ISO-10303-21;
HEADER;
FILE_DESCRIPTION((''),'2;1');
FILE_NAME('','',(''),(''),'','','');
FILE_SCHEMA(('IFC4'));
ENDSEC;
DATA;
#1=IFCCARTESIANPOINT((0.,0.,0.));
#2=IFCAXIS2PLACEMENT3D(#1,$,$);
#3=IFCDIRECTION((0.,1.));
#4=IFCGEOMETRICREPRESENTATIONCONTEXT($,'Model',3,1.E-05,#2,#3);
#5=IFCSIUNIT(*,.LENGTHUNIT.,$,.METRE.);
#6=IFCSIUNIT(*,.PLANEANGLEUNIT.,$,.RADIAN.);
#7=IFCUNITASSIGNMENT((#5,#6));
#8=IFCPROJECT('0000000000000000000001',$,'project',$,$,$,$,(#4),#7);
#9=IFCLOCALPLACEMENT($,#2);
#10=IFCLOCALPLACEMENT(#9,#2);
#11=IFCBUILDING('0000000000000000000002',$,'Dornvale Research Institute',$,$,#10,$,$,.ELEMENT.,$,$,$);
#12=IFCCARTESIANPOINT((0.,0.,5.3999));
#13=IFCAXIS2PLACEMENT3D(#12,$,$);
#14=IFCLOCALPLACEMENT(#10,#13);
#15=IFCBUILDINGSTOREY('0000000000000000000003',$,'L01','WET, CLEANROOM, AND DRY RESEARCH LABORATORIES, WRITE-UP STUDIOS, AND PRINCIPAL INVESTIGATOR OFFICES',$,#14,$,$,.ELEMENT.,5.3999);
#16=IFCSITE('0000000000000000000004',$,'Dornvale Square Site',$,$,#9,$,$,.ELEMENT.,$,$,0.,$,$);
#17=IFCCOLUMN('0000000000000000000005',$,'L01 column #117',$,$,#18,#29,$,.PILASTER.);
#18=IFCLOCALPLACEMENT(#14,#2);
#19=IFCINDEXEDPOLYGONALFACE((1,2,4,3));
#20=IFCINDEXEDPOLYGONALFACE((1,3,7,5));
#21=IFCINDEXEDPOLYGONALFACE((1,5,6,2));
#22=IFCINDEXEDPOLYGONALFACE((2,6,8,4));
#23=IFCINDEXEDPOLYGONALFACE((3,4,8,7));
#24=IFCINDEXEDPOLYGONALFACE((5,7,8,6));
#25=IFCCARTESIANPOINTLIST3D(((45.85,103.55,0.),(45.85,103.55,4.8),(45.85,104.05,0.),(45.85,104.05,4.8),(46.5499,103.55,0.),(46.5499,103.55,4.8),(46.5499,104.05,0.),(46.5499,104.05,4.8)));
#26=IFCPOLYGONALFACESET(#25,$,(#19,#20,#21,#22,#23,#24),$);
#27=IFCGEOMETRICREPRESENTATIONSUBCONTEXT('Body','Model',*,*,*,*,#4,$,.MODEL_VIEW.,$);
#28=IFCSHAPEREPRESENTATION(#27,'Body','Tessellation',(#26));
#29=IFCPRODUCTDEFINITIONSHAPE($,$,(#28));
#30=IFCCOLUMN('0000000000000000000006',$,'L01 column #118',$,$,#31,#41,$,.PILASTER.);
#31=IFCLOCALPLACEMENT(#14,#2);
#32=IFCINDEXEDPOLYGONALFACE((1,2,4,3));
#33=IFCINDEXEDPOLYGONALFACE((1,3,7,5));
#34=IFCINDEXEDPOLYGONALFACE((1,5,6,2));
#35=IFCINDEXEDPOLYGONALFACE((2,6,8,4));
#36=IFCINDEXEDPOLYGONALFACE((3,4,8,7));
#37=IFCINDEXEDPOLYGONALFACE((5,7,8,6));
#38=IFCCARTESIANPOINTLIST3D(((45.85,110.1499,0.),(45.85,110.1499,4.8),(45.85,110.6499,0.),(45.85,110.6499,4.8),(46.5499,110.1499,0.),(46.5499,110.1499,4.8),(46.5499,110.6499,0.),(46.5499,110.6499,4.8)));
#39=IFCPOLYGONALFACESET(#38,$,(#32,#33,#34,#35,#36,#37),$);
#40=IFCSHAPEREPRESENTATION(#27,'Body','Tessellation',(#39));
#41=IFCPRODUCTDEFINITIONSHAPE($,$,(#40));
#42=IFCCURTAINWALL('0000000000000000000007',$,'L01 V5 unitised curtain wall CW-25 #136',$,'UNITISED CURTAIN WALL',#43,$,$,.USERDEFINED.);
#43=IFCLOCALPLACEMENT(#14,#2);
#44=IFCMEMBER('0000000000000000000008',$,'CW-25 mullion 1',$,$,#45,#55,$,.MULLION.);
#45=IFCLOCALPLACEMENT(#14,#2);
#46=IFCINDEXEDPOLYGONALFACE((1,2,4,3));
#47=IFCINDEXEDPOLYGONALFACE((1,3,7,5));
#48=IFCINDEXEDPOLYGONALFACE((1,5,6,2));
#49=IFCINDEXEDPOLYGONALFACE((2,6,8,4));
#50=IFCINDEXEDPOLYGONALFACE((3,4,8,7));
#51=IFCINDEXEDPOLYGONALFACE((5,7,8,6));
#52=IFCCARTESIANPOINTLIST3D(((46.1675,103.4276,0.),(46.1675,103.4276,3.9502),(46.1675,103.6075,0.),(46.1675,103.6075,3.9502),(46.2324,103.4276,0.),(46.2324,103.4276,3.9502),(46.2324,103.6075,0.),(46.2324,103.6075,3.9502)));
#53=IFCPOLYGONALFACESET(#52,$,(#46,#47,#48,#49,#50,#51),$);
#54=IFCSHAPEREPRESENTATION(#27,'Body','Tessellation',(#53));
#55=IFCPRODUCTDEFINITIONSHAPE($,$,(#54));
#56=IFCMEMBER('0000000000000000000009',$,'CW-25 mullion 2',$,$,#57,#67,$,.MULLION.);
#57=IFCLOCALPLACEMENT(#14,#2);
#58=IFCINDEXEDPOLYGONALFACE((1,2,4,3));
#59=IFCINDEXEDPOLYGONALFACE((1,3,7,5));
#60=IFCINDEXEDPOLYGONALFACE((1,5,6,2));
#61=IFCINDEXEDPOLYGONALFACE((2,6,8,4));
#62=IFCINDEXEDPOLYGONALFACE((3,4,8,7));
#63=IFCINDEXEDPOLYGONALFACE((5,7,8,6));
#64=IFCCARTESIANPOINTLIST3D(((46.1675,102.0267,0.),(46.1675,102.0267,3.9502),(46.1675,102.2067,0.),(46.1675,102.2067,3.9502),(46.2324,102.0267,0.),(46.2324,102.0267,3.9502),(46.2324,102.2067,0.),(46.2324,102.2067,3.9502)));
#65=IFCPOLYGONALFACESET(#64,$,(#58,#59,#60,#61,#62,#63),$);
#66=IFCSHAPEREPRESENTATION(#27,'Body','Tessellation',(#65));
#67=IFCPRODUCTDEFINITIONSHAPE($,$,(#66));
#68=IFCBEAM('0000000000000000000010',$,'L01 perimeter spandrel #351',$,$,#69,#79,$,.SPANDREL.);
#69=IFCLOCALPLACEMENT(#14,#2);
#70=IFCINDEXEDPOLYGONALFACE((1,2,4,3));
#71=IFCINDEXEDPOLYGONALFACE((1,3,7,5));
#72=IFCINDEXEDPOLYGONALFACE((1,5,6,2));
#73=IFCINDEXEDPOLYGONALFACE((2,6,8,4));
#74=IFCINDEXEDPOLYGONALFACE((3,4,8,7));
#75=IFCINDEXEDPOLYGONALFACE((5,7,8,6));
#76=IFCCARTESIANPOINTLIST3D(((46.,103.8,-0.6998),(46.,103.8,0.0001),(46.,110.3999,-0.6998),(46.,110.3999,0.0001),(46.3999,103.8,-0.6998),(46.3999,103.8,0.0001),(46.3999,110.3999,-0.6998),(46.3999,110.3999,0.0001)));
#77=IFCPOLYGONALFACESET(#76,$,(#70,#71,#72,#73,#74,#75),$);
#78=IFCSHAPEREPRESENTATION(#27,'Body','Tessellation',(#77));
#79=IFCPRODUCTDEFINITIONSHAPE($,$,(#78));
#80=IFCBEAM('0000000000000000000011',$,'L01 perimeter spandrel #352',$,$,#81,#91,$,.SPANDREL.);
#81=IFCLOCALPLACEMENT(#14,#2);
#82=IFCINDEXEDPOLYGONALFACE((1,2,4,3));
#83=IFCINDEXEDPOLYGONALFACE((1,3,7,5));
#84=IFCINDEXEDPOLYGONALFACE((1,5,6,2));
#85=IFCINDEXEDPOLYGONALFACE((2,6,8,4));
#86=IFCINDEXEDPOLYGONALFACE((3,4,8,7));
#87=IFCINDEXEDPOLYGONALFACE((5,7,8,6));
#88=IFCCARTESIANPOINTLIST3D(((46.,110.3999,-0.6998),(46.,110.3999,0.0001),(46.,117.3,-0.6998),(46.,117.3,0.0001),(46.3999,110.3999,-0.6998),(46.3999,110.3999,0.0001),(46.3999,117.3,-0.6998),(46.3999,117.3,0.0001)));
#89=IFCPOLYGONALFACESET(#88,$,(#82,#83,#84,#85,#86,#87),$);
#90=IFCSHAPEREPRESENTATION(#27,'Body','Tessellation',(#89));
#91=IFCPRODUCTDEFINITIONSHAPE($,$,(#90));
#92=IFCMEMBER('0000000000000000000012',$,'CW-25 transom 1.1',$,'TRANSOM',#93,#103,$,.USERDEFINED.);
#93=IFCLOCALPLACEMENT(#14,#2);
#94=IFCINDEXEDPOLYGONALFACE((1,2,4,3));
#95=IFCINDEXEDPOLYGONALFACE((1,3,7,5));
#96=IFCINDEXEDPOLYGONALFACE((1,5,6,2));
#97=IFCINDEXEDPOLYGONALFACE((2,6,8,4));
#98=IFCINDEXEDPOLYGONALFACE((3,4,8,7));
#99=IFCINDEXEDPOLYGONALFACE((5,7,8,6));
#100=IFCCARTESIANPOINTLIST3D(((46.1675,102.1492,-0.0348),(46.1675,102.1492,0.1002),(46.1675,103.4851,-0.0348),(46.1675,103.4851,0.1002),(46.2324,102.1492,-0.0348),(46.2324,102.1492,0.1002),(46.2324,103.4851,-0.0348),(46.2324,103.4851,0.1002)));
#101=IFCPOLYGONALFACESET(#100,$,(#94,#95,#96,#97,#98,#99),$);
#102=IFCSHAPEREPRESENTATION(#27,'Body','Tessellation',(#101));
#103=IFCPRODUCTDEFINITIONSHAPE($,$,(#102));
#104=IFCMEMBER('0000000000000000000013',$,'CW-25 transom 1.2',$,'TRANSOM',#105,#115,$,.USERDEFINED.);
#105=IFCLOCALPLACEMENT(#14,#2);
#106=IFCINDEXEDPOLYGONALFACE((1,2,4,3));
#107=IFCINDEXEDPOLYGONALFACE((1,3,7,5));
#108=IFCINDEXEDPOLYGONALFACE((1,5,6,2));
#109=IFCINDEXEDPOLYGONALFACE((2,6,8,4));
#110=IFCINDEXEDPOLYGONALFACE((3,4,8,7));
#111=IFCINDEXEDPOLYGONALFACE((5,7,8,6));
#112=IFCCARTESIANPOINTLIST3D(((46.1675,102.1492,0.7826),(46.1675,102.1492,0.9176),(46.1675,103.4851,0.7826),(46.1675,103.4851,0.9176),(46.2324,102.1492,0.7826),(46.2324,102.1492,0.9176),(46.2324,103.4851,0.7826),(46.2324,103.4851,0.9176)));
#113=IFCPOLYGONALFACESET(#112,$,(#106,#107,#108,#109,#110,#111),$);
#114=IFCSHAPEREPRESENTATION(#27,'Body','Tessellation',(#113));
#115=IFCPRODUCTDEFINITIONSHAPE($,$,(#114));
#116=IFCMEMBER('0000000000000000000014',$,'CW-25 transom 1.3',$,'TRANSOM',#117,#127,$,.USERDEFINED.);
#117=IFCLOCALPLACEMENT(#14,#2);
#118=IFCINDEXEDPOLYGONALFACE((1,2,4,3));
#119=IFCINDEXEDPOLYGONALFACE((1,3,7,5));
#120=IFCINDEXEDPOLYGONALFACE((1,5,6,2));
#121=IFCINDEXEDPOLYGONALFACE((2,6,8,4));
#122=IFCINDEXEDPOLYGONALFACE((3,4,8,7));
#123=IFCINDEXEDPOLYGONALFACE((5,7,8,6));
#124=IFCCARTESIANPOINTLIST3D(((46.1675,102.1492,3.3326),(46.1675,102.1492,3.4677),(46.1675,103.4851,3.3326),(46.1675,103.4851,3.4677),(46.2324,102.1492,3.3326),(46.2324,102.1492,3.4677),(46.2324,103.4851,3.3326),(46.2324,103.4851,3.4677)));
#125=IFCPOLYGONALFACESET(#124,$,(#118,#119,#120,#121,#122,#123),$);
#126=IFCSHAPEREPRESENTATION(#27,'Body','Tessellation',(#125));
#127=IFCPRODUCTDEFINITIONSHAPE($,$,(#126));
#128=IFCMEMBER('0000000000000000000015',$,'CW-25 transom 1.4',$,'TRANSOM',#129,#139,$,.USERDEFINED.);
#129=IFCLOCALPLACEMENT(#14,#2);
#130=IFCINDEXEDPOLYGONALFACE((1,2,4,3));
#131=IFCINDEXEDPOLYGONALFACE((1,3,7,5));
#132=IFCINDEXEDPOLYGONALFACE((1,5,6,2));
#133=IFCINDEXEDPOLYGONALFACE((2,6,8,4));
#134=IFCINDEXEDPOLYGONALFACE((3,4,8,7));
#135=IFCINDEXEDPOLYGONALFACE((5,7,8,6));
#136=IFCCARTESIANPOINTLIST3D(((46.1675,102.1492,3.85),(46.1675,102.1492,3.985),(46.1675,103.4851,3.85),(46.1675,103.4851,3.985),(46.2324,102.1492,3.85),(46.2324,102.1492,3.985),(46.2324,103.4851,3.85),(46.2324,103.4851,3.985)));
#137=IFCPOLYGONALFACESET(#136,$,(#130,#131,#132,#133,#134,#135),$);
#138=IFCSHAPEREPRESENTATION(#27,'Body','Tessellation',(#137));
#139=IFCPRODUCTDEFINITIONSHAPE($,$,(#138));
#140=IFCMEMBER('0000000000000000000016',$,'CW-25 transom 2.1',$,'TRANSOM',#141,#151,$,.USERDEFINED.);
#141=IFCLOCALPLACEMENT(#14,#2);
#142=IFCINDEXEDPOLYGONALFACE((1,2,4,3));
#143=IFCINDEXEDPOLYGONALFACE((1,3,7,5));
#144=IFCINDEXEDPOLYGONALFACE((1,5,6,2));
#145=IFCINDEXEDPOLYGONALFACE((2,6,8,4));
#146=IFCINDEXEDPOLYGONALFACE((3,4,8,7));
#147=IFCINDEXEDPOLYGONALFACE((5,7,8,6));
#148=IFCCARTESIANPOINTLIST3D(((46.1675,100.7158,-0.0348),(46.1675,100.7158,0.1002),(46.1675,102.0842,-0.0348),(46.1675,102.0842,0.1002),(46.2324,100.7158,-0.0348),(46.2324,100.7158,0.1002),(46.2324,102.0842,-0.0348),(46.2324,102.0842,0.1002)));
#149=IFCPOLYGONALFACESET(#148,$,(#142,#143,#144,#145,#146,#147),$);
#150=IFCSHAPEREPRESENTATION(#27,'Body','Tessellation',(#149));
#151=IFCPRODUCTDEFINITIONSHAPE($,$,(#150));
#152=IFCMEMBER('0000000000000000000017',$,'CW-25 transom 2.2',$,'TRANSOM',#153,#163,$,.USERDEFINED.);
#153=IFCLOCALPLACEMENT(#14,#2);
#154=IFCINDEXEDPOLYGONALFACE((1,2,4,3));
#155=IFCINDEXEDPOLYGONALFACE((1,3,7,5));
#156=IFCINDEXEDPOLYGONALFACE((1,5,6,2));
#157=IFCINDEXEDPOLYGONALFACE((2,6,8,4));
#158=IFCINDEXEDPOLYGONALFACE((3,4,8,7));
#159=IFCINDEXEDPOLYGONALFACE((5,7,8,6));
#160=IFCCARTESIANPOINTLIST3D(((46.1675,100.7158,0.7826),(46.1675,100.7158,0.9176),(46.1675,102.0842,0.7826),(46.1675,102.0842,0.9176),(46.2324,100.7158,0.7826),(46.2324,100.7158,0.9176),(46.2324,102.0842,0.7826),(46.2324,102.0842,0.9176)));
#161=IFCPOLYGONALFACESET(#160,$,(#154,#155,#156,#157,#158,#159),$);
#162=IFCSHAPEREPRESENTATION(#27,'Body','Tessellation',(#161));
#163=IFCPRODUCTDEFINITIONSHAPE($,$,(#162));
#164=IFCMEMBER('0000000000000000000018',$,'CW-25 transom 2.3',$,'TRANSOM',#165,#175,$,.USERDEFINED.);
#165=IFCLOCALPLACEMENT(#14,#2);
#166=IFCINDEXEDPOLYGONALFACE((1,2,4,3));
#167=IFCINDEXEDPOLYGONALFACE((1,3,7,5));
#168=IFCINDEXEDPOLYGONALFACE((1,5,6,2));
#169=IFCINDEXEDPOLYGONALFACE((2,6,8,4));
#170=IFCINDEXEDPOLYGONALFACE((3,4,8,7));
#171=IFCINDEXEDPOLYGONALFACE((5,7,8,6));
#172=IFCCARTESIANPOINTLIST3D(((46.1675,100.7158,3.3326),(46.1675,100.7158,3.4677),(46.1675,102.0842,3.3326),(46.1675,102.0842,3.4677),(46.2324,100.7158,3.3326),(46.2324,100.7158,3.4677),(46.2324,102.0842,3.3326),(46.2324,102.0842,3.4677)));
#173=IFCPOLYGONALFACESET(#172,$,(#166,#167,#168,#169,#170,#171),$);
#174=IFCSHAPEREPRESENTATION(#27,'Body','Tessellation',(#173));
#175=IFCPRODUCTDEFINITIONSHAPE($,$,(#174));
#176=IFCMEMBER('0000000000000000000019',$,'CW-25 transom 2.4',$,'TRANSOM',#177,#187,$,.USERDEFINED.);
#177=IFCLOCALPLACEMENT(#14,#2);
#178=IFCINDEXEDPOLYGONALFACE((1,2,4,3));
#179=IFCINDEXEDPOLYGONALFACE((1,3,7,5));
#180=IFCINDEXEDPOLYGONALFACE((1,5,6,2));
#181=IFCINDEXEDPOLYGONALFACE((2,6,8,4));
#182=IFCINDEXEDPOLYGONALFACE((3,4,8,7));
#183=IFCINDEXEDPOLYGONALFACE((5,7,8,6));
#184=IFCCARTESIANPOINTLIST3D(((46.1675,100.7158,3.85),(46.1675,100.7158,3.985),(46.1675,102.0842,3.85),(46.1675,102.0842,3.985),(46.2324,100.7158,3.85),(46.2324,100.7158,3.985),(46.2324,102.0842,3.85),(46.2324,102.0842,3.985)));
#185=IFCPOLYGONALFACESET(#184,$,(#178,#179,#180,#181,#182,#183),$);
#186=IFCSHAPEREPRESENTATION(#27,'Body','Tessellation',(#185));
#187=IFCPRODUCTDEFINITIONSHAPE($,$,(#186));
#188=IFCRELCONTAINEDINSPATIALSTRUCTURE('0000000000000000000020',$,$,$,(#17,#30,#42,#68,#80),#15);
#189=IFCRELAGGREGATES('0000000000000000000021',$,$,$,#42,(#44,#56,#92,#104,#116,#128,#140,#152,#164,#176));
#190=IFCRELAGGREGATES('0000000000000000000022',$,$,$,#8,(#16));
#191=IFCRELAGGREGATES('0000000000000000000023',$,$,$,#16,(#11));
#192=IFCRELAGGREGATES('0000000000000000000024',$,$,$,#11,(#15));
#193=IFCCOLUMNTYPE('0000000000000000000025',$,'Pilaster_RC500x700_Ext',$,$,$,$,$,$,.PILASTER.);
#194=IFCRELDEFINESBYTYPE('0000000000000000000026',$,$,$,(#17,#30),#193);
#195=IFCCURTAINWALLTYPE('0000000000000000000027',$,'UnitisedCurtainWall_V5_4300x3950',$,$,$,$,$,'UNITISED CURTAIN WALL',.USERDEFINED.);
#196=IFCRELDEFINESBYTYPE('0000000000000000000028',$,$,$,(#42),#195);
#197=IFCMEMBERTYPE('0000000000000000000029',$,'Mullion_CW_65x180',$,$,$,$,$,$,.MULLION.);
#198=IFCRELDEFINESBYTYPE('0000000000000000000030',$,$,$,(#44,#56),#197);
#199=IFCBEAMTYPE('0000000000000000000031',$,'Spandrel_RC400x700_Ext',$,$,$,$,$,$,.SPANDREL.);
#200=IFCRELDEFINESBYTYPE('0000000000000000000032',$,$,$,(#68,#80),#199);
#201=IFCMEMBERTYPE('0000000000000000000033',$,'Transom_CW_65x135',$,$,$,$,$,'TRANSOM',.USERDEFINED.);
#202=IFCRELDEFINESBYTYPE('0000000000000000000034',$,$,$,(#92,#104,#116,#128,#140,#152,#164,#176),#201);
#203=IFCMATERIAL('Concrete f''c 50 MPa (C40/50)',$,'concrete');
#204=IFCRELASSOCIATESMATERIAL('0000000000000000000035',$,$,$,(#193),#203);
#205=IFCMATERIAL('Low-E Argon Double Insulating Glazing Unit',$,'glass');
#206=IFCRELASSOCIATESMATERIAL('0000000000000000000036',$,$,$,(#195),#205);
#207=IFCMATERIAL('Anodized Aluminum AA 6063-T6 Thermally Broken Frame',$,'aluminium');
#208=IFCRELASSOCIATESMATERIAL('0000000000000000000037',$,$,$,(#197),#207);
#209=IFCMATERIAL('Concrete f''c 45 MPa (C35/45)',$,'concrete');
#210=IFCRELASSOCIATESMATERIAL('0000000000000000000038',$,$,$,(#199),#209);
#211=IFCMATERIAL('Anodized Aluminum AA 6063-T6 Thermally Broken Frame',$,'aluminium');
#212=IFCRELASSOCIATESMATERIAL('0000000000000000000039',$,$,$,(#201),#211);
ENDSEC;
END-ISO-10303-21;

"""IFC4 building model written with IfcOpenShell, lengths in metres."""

from ifc_helpers import new_model, si_unit, direction, frame, origin, origin_2d, place, context, subcontext, project, spatial, rectangle, extrude, material, material_profile, profile_set, type_object, element, aggregate, save


model = new_model("IFC4")

# Units and contexts
model_context = context("Model", 3, precision=1e-05, world=origin(), true_north=direction((0.0, 1.0)))
body_context = subcontext(model_context, "Body", "Model", "MODEL_VIEW")
ifc_project = project(units=[si_unit("LENGTHUNIT", "METRE"), si_unit("PLANEANGLEUNIT", "RADIAN")], contexts=[model_context])

# Site, building, storey
site_placement = place(None, origin())
site = spatial("IfcSite", under=ifc_project, at=site_placement, Name="Dornvale Square Site", CompositionType="ELEMENT", RefElevation=0.0)
building_placement = place(site_placement, origin())
building = spatial("IfcBuilding", under=site, at=building_placement, Name="Dornvale Research Institute", CompositionType="ELEMENT")
storey_placement = place(building_placement, frame((0.0, 0.0, 5.3999)))
storey = spatial("IfcBuildingStorey", under=building, at=storey_placement, Name="L01", Description="WET, CLEANROOM, AND DRY RESEARCH LABORATORIES, WRITE-UP STUDIOS, AND PRINCIPAL INVESTIGATOR OFFICES", CompositionType="ELEMENT", Elevation=5.3999)

# Columns
ifc_material_1 = material(Name="Concrete f'c 50 MPa (C40/50)", Category="concrete")
ifc_material_profile_1 = material_profile(ifc_material_1, rectangle(XDim=0.5, YDim=0.7, at=origin_2d()), Name="RC 500x700")
ifc_profile_set_1 = profile_set([ifc_material_profile_1], Name="Concrete f'c 50 MPa (C40/50)")
column_type = type_object("IfcColumnType", Name="Pilaster_RC500x700_Ext", PredefinedType="PILASTER", material=ifc_profile_set_1)
for number, where, z_axis, x_axis, name in (
    (1, (46.2, 103.8, 0.0), (0.0, 0.0, 1.0), (0.0, 1.0, 0.0), "L01 column #117"),
    (2, (46.2, 110.3999, 0.0), (0.0, 0.0, 1.0), (0.0, 1.0, 0.0), "L01 column #118"),
):
    element("IfcColumn", number, at=place(storey_placement, frame(where, z_axis=z_axis, x_axis=x_axis)), inside=storey, type_object=column_type, Name=name, PredefinedType="PILASTER", context=body_context, shape_type="SweptSolid", body=[
        extrude(rectangle(XDim=0.5, YDim=0.7, at=origin_2d()), origin(), (0.0, 0.0, 1.0), 4.8),
    ])

# Curtain wall, members
ifc_material_2 = material(Name="Low-E Argon Double Insulating Glazing Unit", Category="glass")
curtain_wall_type = type_object("IfcCurtainWallType", Name="UnitisedCurtainWall_V5_4300x3950", ElementType="UNITISED CURTAIN WALL", PredefinedType="USERDEFINED", material=ifc_material_2)
curtain_wall_placement = place(storey_placement, origin())
curtain_wall = element("IfcCurtainWall", 3, at=curtain_wall_placement, inside=storey, type_object=curtain_wall_type, Name="L01 V5 unitised curtain wall CW-25 #136", ObjectType="UNITISED CURTAIN WALL", PredefinedType="USERDEFINED")
ifc_material_3 = material(Name="Anodized Aluminum AA 6063-T6 Thermally Broken Frame", Category="aluminium")
ifc_material_profile_2 = material_profile(ifc_material_3, rectangle(XDim=0.0649, YDim=0.1799, at=origin_2d()), Name="ALU MULLION 65x180")
ifc_profile_set_2 = profile_set([ifc_material_profile_2], Name="Anodized Aluminum AA 6063-T6 Thermally Broken Frame")
member_type_1 = type_object("IfcMemberType", Name="Mullion_CW_65x180", PredefinedType="MULLION", material=ifc_profile_set_2)
member_1_placement = place(storey_placement, frame((46.2, 103.5176, 0.0), z_axis=(0.0, 0.0, 1.0), x_axis=(1.0, 0.0, 0.0)))
member_1 = element("IfcMember", 4, at=member_1_placement, type_object=member_type_1, Name="CW-25 mullion 1", PredefinedType="MULLION", context=body_context, shape_type="SweptSolid", body=[
    extrude(rectangle(XDim=0.0649, YDim=0.1799, at=origin_2d()), origin(), (0.0, 0.0, 1.0), 3.9502),
])
member_2_placement = place(storey_placement, frame((46.2, 102.1167, 0.0), z_axis=(0.0, 0.0, 1.0), x_axis=(1.0, 0.0, 0.0)))
member_2 = element("IfcMember", 5, at=member_2_placement, type_object=member_type_1, Name="CW-25 mullion 2", PredefinedType="MULLION", context=body_context, shape_type="SweptSolid", body=[
    extrude(rectangle(XDim=0.0649, YDim=0.1799, at=origin_2d()), origin(), (0.0, 0.0, 1.0), 3.9502),
])

# Beams
ifc_material_4 = material(Name="Concrete f'c 45 MPa (C35/45)", Category="concrete")
ifc_material_profile_3 = material_profile(ifc_material_4, rectangle(XDim=0.3999, YDim=0.7, at=origin_2d()), Name="RC 400x700")
ifc_profile_set_3 = profile_set([ifc_material_profile_3], Name="Concrete f'c 45 MPa (C35/45)")
beam_type = type_object("IfcBeamType", Name="Spandrel_RC400x700_Ext", PredefinedType="SPANDREL", material=ifc_profile_set_3)
beam_1_placement = place(storey_placement, frame((46.2, 103.8, -0.3499), z_axis=(0.0, 1.0, 0.0), x_axis=(-1.0, 0.0, 0.0)))
element("IfcBeam", 6, at=beam_1_placement, inside=storey, type_object=beam_type, Name="L01 perimeter spandrel #351", PredefinedType="SPANDREL", context=body_context, shape_type="SweptSolid", body=[
    extrude(rectangle(XDim=0.3999, YDim=0.7, at=origin_2d()), origin(), (0.0, 0.0, 1.0), 6.5999),
])
beam_2_placement = place(storey_placement, frame((46.2, 110.3999, -0.3499), z_axis=(0.0, 1.0, 0.0), x_axis=(-1.0, 0.0, 0.0)))
element("IfcBeam", 7, at=beam_2_placement, inside=storey, type_object=beam_type, Name="L01 perimeter spandrel #352", PredefinedType="SPANDREL", context=body_context, shape_type="SweptSolid", body=[
    extrude(rectangle(XDim=0.3999, YDim=0.7, at=origin_2d()), origin(), (0.0, 0.0, 1.0), 6.9001),
])

# Members
ifc_material_5 = material(Name="Anodized Aluminum AA 6063-T6 Thermally Broken Frame", Category="aluminium")
ifc_material_profile_4 = material_profile(ifc_material_5, rectangle(XDim=0.0649, YDim=0.135, at=origin_2d()), Name="ALU TRANSOM 65x135")
ifc_profile_set_4 = profile_set([ifc_material_profile_4], Name="Anodized Aluminum AA 6063-T6 Thermally Broken Frame")
member_type_2 = type_object("IfcMemberType", Name="Transom_CW_65x135", ElementType="TRANSOM", PredefinedType="USERDEFINED", material=ifc_profile_set_4)
member_3_placement = place(storey_placement, frame((46.2, 103.4851, 0.0327), z_axis=(0.0, -1.0, 0.0), x_axis=(1.0, 0.0, 0.0)))
member_3 = element("IfcMember", 8, at=member_3_placement, type_object=member_type_2, Name="CW-25 transom 1.1", ObjectType="TRANSOM", PredefinedType="USERDEFINED", context=body_context, shape_type="SweptSolid", body=[
    extrude(rectangle(XDim=0.0649, YDim=0.135, at=origin_2d()), origin(), (0.0, 0.0, 1.0), 1.3359),
])
member_4_placement = place(storey_placement, frame((46.2, 103.4851, 0.8501), z_axis=(0.0, -1.0, 0.0), x_axis=(1.0, 0.0, 0.0)))
member_4 = element("IfcMember", 9, at=member_4_placement, type_object=member_type_2, Name="CW-25 transom 1.2", ObjectType="TRANSOM", PredefinedType="USERDEFINED", context=body_context, shape_type="SweptSolid", body=[
    extrude(rectangle(XDim=0.0649, YDim=0.135, at=origin_2d()), origin(), (0.0, 0.0, 1.0), 1.3359),
])
member_5_placement = place(storey_placement, frame((46.2, 103.4851, 3.4001), z_axis=(0.0, -1.0, 0.0), x_axis=(1.0, 0.0, 0.0)))
member_5 = element("IfcMember", 10, at=member_5_placement, type_object=member_type_2, Name="CW-25 transom 1.3", ObjectType="TRANSOM", PredefinedType="USERDEFINED", context=body_context, shape_type="SweptSolid", body=[
    extrude(rectangle(XDim=0.0649, YDim=0.135, at=origin_2d()), origin(), (0.0, 0.0, 1.0), 1.3359),
])
member_6_placement = place(storey_placement, frame((46.2, 103.4851, 3.9175), z_axis=(0.0, -1.0, 0.0), x_axis=(1.0, 0.0, 0.0)))
member_6 = element("IfcMember", 11, at=member_6_placement, type_object=member_type_2, Name="CW-25 transom 1.4", ObjectType="TRANSOM", PredefinedType="USERDEFINED", context=body_context, shape_type="SweptSolid", body=[
    extrude(rectangle(XDim=0.0649, YDim=0.135, at=origin_2d()), origin(), (0.0, 0.0, 1.0), 1.3359),
])
member_7_placement = place(storey_placement, frame((46.2, 102.0842, 0.0327), z_axis=(0.0, -1.0, 0.0), x_axis=(1.0, 0.0, 0.0)))
member_7 = element("IfcMember", 12, at=member_7_placement, type_object=member_type_2, Name="CW-25 transom 2.1", ObjectType="TRANSOM", PredefinedType="USERDEFINED", context=body_context, shape_type="SweptSolid", body=[
    extrude(rectangle(XDim=0.0649, YDim=0.135, at=origin_2d()), origin(), (0.0, 0.0, 1.0), 1.3684),
])
member_8_placement = place(storey_placement, frame((46.2, 102.0842, 0.8501), z_axis=(0.0, -1.0, 0.0), x_axis=(1.0, 0.0, 0.0)))
member_8 = element("IfcMember", 13, at=member_8_placement, type_object=member_type_2, Name="CW-25 transom 2.2", ObjectType="TRANSOM", PredefinedType="USERDEFINED", context=body_context, shape_type="SweptSolid", body=[
    extrude(rectangle(XDim=0.0649, YDim=0.135, at=origin_2d()), origin(), (0.0, 0.0, 1.0), 1.3684),
])
member_9_placement = place(storey_placement, frame((46.2, 102.0842, 3.4001), z_axis=(0.0, -1.0, 0.0), x_axis=(1.0, 0.0, 0.0)))
member_9 = element("IfcMember", 14, at=member_9_placement, type_object=member_type_2, Name="CW-25 transom 2.3", ObjectType="TRANSOM", PredefinedType="USERDEFINED", context=body_context, shape_type="SweptSolid", body=[
    extrude(rectangle(XDim=0.0649, YDim=0.135, at=origin_2d()), origin(), (0.0, 0.0, 1.0), 1.3684),
])
member_10_placement = place(storey_placement, frame((46.2, 102.0842, 3.9175), z_axis=(0.0, -1.0, 0.0), x_axis=(1.0, 0.0, 0.0)))
member_10 = element("IfcMember", 15, at=member_10_placement, type_object=member_type_2, Name="CW-25 transom 2.4", ObjectType="TRANSOM", PredefinedType="USERDEFINED", context=body_context, shape_type="SweptSolid", body=[
    extrude(rectangle(XDim=0.0649, YDim=0.135, at=origin_2d()), origin(), (0.0, 0.0, 1.0), 1.3684),
])

aggregate(curtain_wall, [member_1, member_2, member_3, member_4, member_5, member_6, member_7, member_8, member_9, member_10])

save(model, "model.ifc")
